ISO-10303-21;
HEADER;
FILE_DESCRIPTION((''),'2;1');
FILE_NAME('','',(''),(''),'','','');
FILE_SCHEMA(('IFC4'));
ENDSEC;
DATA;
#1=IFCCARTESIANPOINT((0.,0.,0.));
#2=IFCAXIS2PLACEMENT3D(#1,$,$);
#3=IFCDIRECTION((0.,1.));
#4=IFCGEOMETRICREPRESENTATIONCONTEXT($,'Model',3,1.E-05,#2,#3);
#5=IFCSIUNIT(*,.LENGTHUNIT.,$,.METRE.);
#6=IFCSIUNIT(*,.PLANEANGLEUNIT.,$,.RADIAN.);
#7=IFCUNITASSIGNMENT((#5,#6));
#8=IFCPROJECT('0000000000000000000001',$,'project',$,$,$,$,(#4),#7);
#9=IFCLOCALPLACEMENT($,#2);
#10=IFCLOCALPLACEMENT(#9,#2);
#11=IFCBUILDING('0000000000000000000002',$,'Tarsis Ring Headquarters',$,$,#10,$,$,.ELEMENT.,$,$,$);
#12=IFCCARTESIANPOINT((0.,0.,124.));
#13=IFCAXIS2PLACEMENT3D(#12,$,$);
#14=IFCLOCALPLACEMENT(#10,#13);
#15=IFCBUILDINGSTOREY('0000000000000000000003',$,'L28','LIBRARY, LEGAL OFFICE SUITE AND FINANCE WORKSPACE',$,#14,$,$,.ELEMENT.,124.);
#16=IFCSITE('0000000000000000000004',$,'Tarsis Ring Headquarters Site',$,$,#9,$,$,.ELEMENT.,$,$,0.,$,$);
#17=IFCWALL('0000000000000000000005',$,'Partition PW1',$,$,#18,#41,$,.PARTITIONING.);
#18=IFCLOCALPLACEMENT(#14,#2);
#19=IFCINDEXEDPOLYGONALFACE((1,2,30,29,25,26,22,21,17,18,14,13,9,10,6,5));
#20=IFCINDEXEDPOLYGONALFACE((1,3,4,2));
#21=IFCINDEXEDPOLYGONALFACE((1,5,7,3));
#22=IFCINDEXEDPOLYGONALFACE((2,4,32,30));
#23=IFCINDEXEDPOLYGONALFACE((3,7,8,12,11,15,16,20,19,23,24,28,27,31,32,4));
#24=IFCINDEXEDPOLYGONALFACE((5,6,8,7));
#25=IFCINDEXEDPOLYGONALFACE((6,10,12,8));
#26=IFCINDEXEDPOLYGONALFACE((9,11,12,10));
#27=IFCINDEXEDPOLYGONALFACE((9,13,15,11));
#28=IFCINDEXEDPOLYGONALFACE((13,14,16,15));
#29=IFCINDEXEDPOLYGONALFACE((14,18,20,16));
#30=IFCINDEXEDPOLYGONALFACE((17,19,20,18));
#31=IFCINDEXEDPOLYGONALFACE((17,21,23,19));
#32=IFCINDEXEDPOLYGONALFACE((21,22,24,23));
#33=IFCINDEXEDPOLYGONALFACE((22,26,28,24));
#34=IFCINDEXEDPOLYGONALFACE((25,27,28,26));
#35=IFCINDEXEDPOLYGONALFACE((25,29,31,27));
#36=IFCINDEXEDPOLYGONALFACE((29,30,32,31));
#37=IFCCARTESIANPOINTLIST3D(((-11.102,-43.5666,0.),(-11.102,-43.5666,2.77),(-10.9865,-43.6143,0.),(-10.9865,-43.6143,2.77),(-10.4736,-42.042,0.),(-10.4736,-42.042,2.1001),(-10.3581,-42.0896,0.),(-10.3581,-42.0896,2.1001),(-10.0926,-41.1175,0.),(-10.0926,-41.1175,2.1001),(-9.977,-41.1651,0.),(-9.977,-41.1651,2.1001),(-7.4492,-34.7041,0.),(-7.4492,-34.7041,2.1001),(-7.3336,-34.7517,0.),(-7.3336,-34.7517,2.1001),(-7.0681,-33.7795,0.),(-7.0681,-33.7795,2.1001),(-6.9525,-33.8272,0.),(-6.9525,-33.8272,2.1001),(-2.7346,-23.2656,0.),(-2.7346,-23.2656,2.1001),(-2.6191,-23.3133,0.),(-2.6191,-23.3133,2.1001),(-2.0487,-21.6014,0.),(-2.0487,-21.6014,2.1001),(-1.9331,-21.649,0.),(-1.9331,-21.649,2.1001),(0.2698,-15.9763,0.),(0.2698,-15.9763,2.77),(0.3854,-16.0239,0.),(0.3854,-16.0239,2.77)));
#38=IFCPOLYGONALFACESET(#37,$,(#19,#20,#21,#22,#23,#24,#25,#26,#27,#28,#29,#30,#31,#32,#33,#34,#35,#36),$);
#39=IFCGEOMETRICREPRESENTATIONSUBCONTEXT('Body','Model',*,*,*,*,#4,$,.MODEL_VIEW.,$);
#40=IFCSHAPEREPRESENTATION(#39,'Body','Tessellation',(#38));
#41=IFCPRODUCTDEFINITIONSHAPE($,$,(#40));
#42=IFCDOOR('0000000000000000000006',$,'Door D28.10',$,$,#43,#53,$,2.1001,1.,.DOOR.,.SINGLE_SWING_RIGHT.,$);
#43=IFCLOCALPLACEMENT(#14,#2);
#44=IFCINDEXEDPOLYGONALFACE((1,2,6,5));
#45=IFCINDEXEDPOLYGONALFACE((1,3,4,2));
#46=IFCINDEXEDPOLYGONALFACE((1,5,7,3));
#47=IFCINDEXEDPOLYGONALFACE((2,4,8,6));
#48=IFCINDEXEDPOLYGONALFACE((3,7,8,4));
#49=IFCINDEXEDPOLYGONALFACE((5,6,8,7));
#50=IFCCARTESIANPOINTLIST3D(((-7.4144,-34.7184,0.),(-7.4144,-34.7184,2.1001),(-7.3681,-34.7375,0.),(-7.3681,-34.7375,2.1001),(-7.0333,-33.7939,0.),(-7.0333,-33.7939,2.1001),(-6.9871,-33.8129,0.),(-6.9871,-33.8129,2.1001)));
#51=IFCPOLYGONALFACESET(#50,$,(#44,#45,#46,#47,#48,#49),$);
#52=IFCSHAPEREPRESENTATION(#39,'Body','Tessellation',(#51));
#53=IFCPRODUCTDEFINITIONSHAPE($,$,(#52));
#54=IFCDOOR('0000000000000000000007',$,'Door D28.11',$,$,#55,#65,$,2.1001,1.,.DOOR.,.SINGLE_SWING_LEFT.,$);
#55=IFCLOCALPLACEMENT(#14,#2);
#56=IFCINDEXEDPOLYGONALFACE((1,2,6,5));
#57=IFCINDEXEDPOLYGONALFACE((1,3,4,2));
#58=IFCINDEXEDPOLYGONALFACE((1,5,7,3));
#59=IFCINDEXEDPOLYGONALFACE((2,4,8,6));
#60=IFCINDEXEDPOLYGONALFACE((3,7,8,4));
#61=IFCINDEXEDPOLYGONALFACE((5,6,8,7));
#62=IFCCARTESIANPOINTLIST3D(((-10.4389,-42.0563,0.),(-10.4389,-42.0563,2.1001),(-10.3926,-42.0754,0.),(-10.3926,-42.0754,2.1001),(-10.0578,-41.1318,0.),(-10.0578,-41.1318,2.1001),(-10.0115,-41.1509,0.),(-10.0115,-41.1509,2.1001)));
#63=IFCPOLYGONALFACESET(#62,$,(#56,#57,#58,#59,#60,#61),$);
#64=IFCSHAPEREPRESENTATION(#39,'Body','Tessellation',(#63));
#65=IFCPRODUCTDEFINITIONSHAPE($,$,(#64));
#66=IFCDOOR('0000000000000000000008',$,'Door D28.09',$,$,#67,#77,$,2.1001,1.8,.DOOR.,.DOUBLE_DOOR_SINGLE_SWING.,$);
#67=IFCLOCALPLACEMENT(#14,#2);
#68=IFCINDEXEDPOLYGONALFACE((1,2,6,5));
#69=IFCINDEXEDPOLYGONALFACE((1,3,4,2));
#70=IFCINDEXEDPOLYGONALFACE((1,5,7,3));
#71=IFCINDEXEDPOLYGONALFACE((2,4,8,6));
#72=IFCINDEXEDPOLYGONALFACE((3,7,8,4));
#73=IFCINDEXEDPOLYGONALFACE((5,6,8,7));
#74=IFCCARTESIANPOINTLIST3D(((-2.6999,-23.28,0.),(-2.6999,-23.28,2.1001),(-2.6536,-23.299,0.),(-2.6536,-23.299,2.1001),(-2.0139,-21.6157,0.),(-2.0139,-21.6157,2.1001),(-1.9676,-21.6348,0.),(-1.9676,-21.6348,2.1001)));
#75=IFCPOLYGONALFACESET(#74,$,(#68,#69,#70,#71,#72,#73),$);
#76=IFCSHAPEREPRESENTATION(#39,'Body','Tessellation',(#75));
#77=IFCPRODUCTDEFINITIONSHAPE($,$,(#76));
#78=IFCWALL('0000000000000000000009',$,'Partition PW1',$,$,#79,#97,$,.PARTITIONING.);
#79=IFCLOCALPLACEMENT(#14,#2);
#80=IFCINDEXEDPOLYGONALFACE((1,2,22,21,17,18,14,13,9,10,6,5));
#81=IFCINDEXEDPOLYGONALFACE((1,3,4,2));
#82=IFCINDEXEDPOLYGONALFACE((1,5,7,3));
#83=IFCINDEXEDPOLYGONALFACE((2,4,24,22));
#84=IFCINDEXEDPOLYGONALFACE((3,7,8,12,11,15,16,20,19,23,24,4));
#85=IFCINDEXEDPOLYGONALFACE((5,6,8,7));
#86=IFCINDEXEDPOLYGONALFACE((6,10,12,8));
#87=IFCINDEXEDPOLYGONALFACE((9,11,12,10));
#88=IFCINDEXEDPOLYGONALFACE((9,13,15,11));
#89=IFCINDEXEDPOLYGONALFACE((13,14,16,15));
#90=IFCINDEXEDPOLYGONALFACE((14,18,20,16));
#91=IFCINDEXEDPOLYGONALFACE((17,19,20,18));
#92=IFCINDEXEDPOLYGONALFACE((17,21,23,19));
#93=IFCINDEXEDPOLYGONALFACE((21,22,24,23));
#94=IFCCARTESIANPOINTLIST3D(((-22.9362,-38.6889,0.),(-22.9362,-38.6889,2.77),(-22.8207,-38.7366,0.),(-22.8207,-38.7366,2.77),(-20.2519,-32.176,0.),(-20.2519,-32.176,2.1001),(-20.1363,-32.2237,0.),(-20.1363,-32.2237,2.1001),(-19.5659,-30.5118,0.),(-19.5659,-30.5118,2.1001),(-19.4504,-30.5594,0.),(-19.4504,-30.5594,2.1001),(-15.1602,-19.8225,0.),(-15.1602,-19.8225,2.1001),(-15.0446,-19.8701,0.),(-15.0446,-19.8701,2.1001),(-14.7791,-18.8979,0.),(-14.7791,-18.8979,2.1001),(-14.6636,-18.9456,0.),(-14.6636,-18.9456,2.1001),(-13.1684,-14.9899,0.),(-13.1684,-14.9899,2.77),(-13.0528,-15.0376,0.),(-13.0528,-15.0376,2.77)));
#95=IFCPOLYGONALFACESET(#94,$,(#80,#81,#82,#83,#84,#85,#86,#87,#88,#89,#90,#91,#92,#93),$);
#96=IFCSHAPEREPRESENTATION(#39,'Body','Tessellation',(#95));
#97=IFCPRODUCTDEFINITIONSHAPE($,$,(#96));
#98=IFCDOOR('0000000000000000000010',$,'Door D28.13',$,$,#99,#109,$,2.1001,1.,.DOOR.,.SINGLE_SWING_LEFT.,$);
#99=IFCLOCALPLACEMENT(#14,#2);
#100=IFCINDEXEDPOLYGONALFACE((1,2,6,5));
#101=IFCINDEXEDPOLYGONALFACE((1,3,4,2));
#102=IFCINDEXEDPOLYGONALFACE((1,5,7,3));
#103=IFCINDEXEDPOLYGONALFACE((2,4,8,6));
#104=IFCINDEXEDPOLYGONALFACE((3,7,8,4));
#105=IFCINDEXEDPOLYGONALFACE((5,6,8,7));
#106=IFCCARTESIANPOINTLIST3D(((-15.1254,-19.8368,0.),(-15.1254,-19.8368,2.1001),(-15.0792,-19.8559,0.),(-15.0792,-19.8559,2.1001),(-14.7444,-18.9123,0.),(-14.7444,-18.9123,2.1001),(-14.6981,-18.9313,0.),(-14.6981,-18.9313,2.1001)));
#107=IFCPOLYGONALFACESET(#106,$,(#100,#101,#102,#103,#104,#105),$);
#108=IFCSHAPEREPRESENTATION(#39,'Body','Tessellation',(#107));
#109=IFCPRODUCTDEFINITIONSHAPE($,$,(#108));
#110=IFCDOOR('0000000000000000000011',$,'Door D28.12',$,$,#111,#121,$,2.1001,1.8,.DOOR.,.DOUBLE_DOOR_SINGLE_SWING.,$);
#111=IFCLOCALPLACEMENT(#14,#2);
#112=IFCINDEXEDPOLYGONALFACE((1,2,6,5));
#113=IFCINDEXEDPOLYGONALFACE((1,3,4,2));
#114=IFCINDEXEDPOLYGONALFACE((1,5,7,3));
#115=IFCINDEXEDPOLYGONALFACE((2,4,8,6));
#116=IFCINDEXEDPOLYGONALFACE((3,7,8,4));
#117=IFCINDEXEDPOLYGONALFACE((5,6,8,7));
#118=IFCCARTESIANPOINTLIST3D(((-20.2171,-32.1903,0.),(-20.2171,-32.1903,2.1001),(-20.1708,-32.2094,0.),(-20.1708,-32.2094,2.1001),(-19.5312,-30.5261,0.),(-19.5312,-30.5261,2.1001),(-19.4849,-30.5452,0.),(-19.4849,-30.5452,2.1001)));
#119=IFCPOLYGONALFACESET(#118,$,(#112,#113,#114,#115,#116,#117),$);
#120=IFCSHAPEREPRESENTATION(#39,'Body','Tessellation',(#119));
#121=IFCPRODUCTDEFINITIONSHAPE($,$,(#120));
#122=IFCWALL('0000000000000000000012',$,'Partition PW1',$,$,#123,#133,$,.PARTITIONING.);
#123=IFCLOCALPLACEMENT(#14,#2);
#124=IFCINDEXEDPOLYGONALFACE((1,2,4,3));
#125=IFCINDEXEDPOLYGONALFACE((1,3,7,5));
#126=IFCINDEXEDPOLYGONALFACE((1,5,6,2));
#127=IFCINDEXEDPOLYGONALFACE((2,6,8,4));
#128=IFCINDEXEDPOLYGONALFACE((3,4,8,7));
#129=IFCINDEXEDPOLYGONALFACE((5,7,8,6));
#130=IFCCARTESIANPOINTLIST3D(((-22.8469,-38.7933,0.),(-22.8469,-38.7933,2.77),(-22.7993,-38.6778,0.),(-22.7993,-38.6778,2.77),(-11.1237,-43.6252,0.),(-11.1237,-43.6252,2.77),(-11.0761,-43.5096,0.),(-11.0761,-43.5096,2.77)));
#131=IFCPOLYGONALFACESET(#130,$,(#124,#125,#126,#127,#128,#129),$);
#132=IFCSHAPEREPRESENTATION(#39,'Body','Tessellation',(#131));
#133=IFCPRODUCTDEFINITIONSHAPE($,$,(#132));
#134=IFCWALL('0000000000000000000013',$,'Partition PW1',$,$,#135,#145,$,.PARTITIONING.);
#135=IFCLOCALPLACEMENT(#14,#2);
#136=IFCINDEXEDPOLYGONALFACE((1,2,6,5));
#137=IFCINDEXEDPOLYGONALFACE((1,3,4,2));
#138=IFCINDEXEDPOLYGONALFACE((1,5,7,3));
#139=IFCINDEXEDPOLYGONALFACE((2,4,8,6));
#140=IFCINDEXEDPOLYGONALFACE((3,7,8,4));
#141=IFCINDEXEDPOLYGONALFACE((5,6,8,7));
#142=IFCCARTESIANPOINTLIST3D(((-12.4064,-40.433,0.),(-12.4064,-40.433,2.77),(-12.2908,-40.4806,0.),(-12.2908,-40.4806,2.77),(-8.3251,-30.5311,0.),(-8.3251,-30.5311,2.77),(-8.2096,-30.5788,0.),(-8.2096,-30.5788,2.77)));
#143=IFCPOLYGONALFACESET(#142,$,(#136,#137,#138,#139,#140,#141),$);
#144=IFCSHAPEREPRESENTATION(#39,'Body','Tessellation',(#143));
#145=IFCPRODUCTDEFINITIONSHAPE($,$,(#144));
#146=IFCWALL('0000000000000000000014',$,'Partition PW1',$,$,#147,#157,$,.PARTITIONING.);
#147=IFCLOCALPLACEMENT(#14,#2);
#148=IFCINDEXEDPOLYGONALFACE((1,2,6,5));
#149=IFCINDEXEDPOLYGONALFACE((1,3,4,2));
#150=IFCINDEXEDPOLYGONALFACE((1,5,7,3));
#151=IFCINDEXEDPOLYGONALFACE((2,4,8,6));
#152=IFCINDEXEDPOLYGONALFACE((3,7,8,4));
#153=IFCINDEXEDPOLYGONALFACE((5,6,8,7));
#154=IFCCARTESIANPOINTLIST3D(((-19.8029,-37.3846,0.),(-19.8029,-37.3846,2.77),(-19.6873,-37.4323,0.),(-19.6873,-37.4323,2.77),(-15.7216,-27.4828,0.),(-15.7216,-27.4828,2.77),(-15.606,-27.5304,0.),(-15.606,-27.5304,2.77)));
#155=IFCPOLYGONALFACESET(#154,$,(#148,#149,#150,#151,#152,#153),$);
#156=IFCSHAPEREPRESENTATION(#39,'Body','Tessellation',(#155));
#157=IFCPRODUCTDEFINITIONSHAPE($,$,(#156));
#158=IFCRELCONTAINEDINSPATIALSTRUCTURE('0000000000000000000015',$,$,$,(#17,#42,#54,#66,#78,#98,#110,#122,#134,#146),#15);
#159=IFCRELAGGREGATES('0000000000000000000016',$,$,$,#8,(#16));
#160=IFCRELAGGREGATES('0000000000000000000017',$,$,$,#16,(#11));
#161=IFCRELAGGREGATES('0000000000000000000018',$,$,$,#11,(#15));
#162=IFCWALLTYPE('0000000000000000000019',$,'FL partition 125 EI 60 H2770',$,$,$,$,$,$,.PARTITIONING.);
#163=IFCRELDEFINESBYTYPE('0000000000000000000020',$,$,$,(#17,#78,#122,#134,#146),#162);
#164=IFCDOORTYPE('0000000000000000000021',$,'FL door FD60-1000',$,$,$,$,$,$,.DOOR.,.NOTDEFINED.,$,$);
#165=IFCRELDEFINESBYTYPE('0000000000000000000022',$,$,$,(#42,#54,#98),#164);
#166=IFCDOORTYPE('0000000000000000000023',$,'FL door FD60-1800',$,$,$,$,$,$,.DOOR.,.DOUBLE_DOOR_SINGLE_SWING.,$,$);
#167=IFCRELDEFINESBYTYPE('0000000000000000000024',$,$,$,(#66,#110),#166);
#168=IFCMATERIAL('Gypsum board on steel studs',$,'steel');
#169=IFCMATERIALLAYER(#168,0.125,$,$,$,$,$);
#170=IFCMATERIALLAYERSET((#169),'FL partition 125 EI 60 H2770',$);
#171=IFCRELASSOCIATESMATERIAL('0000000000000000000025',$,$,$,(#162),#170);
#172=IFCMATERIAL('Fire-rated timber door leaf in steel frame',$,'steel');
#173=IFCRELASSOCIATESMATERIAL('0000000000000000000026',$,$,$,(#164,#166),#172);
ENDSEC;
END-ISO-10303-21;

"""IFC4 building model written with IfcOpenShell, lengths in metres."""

from ifc_helpers import new_model, si_unit, direction, frame, frame_2d, origin, place, context, subcontext, project, spatial, rectangle, extrude, material, layer, layer_set, type_object, element, fill, save


model = new_model("IFC4")

# Units and contexts
model_context = context("Model", 3, precision=1e-05, world=origin(), true_north=direction((0.0, 1.0)))
body_context = subcontext(model_context, "Body", "Model", "MODEL_VIEW")
ifc_project = project(units=[si_unit("LENGTHUNIT", "METRE"), si_unit("PLANEANGLEUNIT", "RADIAN")], contexts=[model_context])

# Site, building, storey
site_placement = place(None, origin())
site = spatial("IfcSite", under=ifc_project, at=site_placement, Name="Tarsis Ring Headquarters Site", CompositionType="ELEMENT", RefElevation=0.0)
building_placement = place(site_placement, origin())
building = spatial("IfcBuilding", under=site, at=building_placement, Name="Tarsis Ring Headquarters", CompositionType="ELEMENT")
storey_placement = place(building_placement, frame((0.0, 0.0, 124.0)))
storey = spatial("IfcBuildingStorey", under=building, at=storey_placement, Name="L28", Description="LIBRARY, LEGAL OFFICE SUITE AND FINANCE WORKSPACE", CompositionType="ELEMENT", Elevation=124.0)

# Shared definitions
ifc_material_1 = material(Name="Gypsum board on steel studs", Category="steel")

# Walls, openings, doors
ifc_layer_1 = layer(ifc_material_1, 0.125)
ifc_layer_set_1 = layer_set([ifc_layer_1], Name="FL partition 125 EI 60 H2770")
wall_type_1 = type_object("IfcWallType", Name="FL partition 125 EI 60 H2770", PredefinedType="PARTITIONING", material=ifc_layer_set_1)
wall_1_placement = place(storey_placement, frame((-11.0442, -43.5903, 0.0), z_axis=(0.0, 0.0, 1.0), x_axis=(0.381068, 0.924547, 0.0)))
wall_1 = element("IfcWall", 1, at=wall_1_placement, inside=storey, type_object=wall_type_1, Name="Partition PW1", PredefinedType="PARTITIONING", context=body_context, shape_type="SweptSolid", body=[
    extrude(rectangle(XDim=29.842, YDim=0.125, at=frame_2d((14.9209, 0.0))), origin(), (0.0, 0.0, 1.0), 2.77),
])
opening_1_placement = place(wall_1_placement, frame((21.9578, 0.0, 0.0)))
opening_1 = element("IfcOpeningElement", 2, at=opening_1_placement, cuts=wall_1, PredefinedType="OPENING", context=body_context, shape_type="SweptSolid", body=[
    extrude(rectangle(XDim=1.8, YDim=2.1001, at=frame_2d((0.8999, 1.05))), frame((0.0, 0.0725, 0.0), z_axis=(0.0, -1.0, 0.0), x_axis=(1.0, 0.0, 0.0)), (0.0, 0.0, 1.0), 0.145),
])
opening_2_placement = place(wall_1_placement, frame((9.5857, 0.0, 0.0)))
opening_2 = element("IfcOpeningElement", 3, at=opening_2_placement, cuts=wall_1, PredefinedType="OPENING", context=body_context, shape_type="SweptSolid", body=[
    extrude(rectangle(XDim=1.0, YDim=2.1001, at=frame_2d((0.5, 1.05))), frame((0.0, 0.0725, 0.0), z_axis=(0.0, -1.0, 0.0), x_axis=(1.0, 0.0, 0.0)), (0.0, 0.0, 1.0), 0.145),
])
opening_3_placement = place(wall_1_placement, frame((1.6489, 0.0, 0.0)))
opening_3 = element("IfcOpeningElement", 4, at=opening_3_placement, cuts=wall_1, PredefinedType="OPENING", context=body_context, shape_type="SweptSolid", body=[
    extrude(rectangle(XDim=1.0, YDim=2.1001, at=frame_2d((0.5, 1.05))), frame((0.0, 0.0725, 0.0), z_axis=(0.0, -1.0, 0.0), x_axis=(1.0, 0.0, 0.0)), (0.0, 0.0, 1.0), 0.145),
])
ifc_material_2 = material(Name="Fire-rated timber door leaf in steel frame", Category="steel")
door_type_1 = type_object("IfcDoorType", Name="FL door FD60-1000", OperationType="NOTDEFINED", PredefinedType="DOOR", material=ifc_material_2)
door_1_placement = place(opening_2_placement, origin())
door_1 = element("IfcDoor", 5, at=door_1_placement, inside=storey, type_object=door_type_1, Name="Door D28.10", OperationType="SINGLE_SWING_RIGHT", OverallHeight=2.1001, OverallWidth=1.0, PredefinedType="DOOR", context=body_context, shape_type="SweptSolid", body=[
    extrude(rectangle(XDim=1.0, YDim=2.1001, at=frame_2d((0.5, 1.05))), frame((0.0, 0.0249, 0.0), z_axis=(0.0, -1.0, 0.0), x_axis=(1.0, 0.0, 0.0)), (0.0, 0.0, 1.0), 0.05),
])
fill(opening_2, door_1)
door_2_placement = place(opening_3_placement, origin())
door_2 = element("IfcDoor", 6, at=door_2_placement, inside=storey, type_object=door_type_1, Name="Door D28.11", OperationType="SINGLE_SWING_LEFT", OverallHeight=2.1001, OverallWidth=1.0, PredefinedType="DOOR", context=body_context, shape_type="SweptSolid", body=[
    extrude(rectangle(XDim=1.0, YDim=2.1001, at=frame_2d((0.5, 1.05))), frame((0.0, 0.0249, 0.0), z_axis=(0.0, -1.0, 0.0), x_axis=(1.0, 0.0, 0.0)), (0.0, 0.0, 1.0), 0.05),
])
fill(opening_3, door_2)
door_type_2 = type_object("IfcDoorType", Name="FL door FD60-1800", OperationType="DOUBLE_DOOR_SINGLE_SWING", PredefinedType="DOOR", material=ifc_material_2)
door_3_placement = place(opening_1_placement, origin())
door_3 = element("IfcDoor", 7, at=door_3_placement, inside=storey, type_object=door_type_2, Name="Door D28.09", OperationType="DOUBLE_DOOR_SINGLE_SWING", OverallHeight=2.1001, OverallWidth=1.8, PredefinedType="DOOR", context=body_context, shape_type="SweptSolid", body=[
    extrude(rectangle(XDim=1.8, YDim=2.1001, at=frame_2d((0.8999, 1.05))), frame((0.0, 0.0249, 0.0), z_axis=(0.0, -1.0, 0.0), x_axis=(1.0, 0.0, 0.0)), (0.0, 0.0, 1.0), 0.05),
])
fill(opening_1, door_3)
wall_2_placement = place(storey_placement, frame((-22.8784, -38.7126, 0.0), z_axis=(0.0, 0.0, 1.0), x_axis=(0.381064, 0.924549, 0.0)))
wall_2 = element("IfcWall", 8, at=wall_2_placement, inside=storey, type_object=wall_type_1, Name="Partition PW1", PredefinedType="PARTITIONING", context=body_context, shape_type="SweptSolid", body=[
    extrude(rectangle(XDim=25.6331, YDim=0.125, at=frame_2d((12.8164, 0.0))), origin(), (0.0, 0.0, 1.0), 2.77),
])
opening_4_placement = place(wall_2_placement, frame((7.0444, 0.0, 0.0)))
opening_4 = element("IfcOpeningElement", 9, at=opening_4_placement, cuts=wall_2, PredefinedType="OPENING", context=body_context, shape_type="SweptSolid", body=[
    extrude(rectangle(XDim=1.8, YDim=2.1001, at=frame_2d((0.8999, 1.05))), frame((0.0, 0.0725, 0.0), z_axis=(0.0, -1.0, 0.0), x_axis=(1.0, 0.0, 0.0)), (0.0, 0.0, 1.0), 0.145),
])
opening_5_placement = place(wall_2_placement, frame((20.406, 0.0, 0.0)))
opening_5 = element("IfcOpeningElement", 10, at=opening_5_placement, cuts=wall_2, PredefinedType="OPENING", context=body_context, shape_type="SweptSolid", body=[
    extrude(rectangle(XDim=1.0, YDim=2.1001, at=frame_2d((0.5, 1.05))), frame((0.0, 0.0725, 0.0), z_axis=(0.0, -1.0, 0.0), x_axis=(1.0, 0.0, 0.0)), (0.0, 0.0, 1.0), 0.145),
])
door_4_placement = place(opening_5_placement, origin())
door_4 = element("IfcDoor", 11, at=door_4_placement, inside=storey, type_object=door_type_1, Name="Door D28.13", OperationType="SINGLE_SWING_LEFT", OverallHeight=2.1001, OverallWidth=1.0, PredefinedType="DOOR", context=body_context, shape_type="SweptSolid", body=[
    extrude(rectangle(XDim=1.0, YDim=2.1001, at=frame_2d((0.5, 1.05))), frame((0.0, 0.0249, 0.0), z_axis=(0.0, -1.0, 0.0), x_axis=(1.0, 0.0, 0.0)), (0.0, 0.0, 1.0), 0.05),
])
fill(opening_5, door_4)
door_5_placement = place(opening_4_placement, origin())
door_5 = element("IfcDoor", 12, at=door_5_placement, inside=storey, type_object=door_type_2, Name="Door D28.12", OperationType="DOUBLE_DOOR_SINGLE_SWING", OverallHeight=2.1001, OverallWidth=1.8, PredefinedType="DOOR", context=body_context, shape_type="SweptSolid", body=[
    extrude(rectangle(XDim=1.8, YDim=2.1001, at=frame_2d((0.8999, 1.05))), frame((0.0, 0.0249, 0.0), z_axis=(0.0, -1.0, 0.0), x_axis=(1.0, 0.0, 0.0)), (0.0, 0.0, 1.0), 0.05),
])
fill(opening_4, door_5)

# Walls
wall_3_placement = place(storey_placement, frame((-22.823, -38.7356, 0.0), z_axis=(0.0, 0.0, 1.0), x_axis=(0.92455, -0.381061, 0.0)))
element("IfcWall", 13, at=wall_3_placement, inside=storey, type_object=wall_type_1, Name="Partition PW1", PredefinedType="PARTITIONING", context=body_context, shape_type="SweptSolid", body=[
    extrude(rectangle(XDim=12.6799, YDim=0.125, at=frame_2d((6.3398, 0.0))), origin(), (0.0, 0.0, 1.0), 2.77),
])
for number, where, z_axis, x_axis, name in (
    (14, (-12.3486, -40.4568, 0.0), (0.0, 0.0, 1.0), (0.381074, 0.924544, 0.0), "Partition PW1"),
    (15, (-19.7451, -37.4084, 0.0), (0.0, 0.0, 1.0), (0.381074, 0.924544, 0.0), "Partition PW1"),
):
    element("IfcWall", number, at=place(storey_placement, frame(where, z_axis=z_axis, x_axis=x_axis)), inside=storey, type_object=wall_type_1, Name=name, PredefinedType="PARTITIONING", context=body_context, shape_type="SweptSolid", body=[
        extrude(rectangle(XDim=10.71, YDim=0.125, at=frame_2d((5.355, 0.0))), origin(), (0.0, 0.0, 1.0), 2.77),
    ])

save(model, "model.ifc")
